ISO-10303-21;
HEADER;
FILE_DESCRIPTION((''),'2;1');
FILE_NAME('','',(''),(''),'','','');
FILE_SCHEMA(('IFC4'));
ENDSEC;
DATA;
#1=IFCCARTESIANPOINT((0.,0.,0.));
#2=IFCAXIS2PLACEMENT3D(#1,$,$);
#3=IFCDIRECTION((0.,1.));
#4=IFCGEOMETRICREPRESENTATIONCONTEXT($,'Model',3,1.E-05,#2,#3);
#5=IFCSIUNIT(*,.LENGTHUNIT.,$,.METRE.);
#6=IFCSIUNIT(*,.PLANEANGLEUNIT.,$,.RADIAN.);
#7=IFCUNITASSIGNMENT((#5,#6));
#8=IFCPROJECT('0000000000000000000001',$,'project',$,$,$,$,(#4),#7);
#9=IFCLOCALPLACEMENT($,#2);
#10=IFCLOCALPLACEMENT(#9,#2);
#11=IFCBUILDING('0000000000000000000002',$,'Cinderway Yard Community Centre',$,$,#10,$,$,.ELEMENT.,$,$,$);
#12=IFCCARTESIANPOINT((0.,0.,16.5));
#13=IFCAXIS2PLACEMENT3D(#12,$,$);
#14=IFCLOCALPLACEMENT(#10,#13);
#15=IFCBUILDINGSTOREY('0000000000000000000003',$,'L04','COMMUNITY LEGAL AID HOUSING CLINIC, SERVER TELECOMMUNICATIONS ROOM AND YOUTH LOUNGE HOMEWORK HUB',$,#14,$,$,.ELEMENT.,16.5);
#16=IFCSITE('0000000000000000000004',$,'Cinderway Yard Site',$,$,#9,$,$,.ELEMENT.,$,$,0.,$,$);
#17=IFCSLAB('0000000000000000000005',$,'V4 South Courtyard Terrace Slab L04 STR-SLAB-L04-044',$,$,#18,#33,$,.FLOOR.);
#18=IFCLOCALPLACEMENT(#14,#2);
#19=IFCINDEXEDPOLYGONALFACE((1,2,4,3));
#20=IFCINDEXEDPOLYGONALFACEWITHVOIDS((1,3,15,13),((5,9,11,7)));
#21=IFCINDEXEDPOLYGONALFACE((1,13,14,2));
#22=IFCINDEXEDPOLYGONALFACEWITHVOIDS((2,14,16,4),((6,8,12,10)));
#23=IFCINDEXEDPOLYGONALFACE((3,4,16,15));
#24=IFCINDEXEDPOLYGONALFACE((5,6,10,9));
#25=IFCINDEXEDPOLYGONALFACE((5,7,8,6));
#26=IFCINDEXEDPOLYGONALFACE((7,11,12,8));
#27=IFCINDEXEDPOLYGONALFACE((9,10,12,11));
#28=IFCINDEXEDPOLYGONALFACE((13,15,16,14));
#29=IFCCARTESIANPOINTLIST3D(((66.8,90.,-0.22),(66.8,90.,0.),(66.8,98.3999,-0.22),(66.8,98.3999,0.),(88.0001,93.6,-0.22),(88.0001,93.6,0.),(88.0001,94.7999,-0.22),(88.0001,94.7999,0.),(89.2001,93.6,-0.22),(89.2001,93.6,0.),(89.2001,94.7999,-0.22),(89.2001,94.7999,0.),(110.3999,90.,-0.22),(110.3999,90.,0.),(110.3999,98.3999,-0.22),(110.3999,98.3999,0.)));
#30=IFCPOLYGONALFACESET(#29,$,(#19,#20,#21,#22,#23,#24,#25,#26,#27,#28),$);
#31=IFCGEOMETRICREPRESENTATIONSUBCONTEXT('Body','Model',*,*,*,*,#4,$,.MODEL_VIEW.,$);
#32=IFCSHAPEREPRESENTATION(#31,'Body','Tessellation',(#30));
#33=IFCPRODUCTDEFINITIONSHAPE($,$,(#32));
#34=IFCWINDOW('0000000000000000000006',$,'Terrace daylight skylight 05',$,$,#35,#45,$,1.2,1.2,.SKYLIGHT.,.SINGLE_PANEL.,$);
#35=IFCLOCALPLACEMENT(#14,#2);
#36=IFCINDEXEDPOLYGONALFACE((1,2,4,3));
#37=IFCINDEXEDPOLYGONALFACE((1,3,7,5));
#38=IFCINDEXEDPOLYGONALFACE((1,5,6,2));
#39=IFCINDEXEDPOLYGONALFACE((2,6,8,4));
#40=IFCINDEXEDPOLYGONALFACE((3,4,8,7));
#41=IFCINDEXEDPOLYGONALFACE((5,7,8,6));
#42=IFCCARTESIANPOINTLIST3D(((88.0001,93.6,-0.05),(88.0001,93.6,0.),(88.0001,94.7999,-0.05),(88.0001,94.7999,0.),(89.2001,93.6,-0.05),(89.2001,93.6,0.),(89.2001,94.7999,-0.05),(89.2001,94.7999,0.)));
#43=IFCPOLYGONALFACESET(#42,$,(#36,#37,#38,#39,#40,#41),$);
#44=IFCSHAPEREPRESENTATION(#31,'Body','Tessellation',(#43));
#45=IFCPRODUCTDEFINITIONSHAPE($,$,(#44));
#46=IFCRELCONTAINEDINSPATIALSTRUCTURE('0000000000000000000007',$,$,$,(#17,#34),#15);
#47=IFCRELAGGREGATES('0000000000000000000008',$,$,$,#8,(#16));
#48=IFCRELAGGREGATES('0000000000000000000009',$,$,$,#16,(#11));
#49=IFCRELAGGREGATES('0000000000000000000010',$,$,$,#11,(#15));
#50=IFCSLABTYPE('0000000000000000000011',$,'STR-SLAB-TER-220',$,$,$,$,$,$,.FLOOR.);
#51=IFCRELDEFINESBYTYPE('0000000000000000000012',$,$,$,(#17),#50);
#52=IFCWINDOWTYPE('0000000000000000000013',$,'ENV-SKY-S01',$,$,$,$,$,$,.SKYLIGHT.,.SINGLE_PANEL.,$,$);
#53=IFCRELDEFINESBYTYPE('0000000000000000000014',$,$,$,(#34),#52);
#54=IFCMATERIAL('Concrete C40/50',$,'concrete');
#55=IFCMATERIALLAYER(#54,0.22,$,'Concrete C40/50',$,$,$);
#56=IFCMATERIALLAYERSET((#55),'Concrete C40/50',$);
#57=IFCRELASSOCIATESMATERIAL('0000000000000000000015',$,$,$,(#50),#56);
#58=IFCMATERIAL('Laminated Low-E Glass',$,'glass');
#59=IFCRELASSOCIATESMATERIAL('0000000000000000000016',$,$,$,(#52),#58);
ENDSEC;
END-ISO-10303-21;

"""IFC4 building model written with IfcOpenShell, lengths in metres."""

from ifc_helpers import new_model, si_unit, direction, frame, origin, origin_2d, place, context, subcontext, project, spatial, polyline, rectangle, outline, extrude, material, layer, layer_set, type_object, element, fill, save


model = new_model("IFC4")

# Units and contexts
model_context = context("Model", 3, precision=1e-05, world=origin(), true_north=direction((0.0, 1.0)))
body_context = subcontext(model_context, "Body", "Model", "MODEL_VIEW")
ifc_project = project(units=[si_unit("LENGTHUNIT", "METRE"), si_unit("PLANEANGLEUNIT", "RADIAN")], contexts=[model_context])

# Site, building, storey
site_placement = place(None, origin())
site = spatial("IfcSite", under=ifc_project, at=site_placement, Name="Cinderway Yard Site", CompositionType="ELEMENT", RefElevation=0.0)
building_placement = place(site_placement, origin())
building = spatial("IfcBuilding", under=site, at=building_placement, Name="Cinderway Yard Community Centre", CompositionType="ELEMENT")
storey_placement = place(building_placement, frame((0.0, 0.0, 16.5)))
storey = spatial("IfcBuildingStorey", under=building, at=storey_placement, Name="L04", Description="COMMUNITY LEGAL AID HOUSING CLINIC, SERVER TELECOMMUNICATIONS ROOM AND YOUTH LOUNGE HOMEWORK HUB", CompositionType="ELEMENT", Elevation=16.5)

# Shared definitions
ifc_material_1 = material(Name="Concrete C40/50", Category="concrete")

# Shared definitions
ifc_material_2 = material(Name="Laminated Low-E Glass", Category="glass")

# Shared definitions
ifc_layer_1 = layer(ifc_material_1, 0.22, Name="Concrete C40/50")
ifc_layer_set_1 = layer_set([ifc_layer_1], Name="Concrete C40/50")
slab_type_1 = type_object("IfcSlabType", Name="STR-SLAB-TER-220", PredefinedType="FLOOR", material=ifc_layer_set_1)

# Slab, opening, window
slab_1_placement = place(storey_placement, frame((0.0, 0.0, -0.22)))
slab_1 = element("IfcSlab", 1, at=slab_1_placement, inside=storey, type_object=slab_type_1, Name="V4 South Courtyard Terrace Slab L04 STR-SLAB-L04-044", PredefinedType="FLOOR", context=body_context, shape_type="SweptSolid", body=[
    extrude(outline(polyline([(66.8, 90.0), (110.3999, 90.0), (110.3999, 98.3999), (66.8, 98.3999), (66.8, 90.0)])), origin(), (0.0, 0.0, 1.0), 0.22),
])
opening_placement = place(slab_1_placement, frame((88.6001, 94.2, 0.0)))
opening = element("IfcOpeningElement", 2, at=opening_placement, cuts=slab_1, PredefinedType="OPENING", context=body_context, shape_type="SweptSolid", body=[
    extrude(rectangle(XDim=1.2, YDim=1.2, at=origin_2d()), origin(), (0.0, 0.0, 1.0), 0.22),
])
window_type = type_object("IfcWindowType", Name="ENV-SKY-S01", PartitioningType="SINGLE_PANEL", PredefinedType="SKYLIGHT", material=ifc_material_2)
window_placement = place(opening_placement, frame((0.0, 0.0, 0.1699)))
window = element("IfcWindow", 3, at=window_placement, inside=storey, type_object=window_type, Name="Terrace daylight skylight 05", OverallHeight=1.2, OverallWidth=1.2, PartitioningType="SINGLE_PANEL", PredefinedType="SKYLIGHT", context=body_context, shape_type="SweptSolid", body=[
    extrude(rectangle(XDim=1.2, YDim=1.2, at=origin_2d()), origin(), (0.0, 0.0, 1.0), 0.05),
])
fill(opening, window)

save(model, "model.ifc")
